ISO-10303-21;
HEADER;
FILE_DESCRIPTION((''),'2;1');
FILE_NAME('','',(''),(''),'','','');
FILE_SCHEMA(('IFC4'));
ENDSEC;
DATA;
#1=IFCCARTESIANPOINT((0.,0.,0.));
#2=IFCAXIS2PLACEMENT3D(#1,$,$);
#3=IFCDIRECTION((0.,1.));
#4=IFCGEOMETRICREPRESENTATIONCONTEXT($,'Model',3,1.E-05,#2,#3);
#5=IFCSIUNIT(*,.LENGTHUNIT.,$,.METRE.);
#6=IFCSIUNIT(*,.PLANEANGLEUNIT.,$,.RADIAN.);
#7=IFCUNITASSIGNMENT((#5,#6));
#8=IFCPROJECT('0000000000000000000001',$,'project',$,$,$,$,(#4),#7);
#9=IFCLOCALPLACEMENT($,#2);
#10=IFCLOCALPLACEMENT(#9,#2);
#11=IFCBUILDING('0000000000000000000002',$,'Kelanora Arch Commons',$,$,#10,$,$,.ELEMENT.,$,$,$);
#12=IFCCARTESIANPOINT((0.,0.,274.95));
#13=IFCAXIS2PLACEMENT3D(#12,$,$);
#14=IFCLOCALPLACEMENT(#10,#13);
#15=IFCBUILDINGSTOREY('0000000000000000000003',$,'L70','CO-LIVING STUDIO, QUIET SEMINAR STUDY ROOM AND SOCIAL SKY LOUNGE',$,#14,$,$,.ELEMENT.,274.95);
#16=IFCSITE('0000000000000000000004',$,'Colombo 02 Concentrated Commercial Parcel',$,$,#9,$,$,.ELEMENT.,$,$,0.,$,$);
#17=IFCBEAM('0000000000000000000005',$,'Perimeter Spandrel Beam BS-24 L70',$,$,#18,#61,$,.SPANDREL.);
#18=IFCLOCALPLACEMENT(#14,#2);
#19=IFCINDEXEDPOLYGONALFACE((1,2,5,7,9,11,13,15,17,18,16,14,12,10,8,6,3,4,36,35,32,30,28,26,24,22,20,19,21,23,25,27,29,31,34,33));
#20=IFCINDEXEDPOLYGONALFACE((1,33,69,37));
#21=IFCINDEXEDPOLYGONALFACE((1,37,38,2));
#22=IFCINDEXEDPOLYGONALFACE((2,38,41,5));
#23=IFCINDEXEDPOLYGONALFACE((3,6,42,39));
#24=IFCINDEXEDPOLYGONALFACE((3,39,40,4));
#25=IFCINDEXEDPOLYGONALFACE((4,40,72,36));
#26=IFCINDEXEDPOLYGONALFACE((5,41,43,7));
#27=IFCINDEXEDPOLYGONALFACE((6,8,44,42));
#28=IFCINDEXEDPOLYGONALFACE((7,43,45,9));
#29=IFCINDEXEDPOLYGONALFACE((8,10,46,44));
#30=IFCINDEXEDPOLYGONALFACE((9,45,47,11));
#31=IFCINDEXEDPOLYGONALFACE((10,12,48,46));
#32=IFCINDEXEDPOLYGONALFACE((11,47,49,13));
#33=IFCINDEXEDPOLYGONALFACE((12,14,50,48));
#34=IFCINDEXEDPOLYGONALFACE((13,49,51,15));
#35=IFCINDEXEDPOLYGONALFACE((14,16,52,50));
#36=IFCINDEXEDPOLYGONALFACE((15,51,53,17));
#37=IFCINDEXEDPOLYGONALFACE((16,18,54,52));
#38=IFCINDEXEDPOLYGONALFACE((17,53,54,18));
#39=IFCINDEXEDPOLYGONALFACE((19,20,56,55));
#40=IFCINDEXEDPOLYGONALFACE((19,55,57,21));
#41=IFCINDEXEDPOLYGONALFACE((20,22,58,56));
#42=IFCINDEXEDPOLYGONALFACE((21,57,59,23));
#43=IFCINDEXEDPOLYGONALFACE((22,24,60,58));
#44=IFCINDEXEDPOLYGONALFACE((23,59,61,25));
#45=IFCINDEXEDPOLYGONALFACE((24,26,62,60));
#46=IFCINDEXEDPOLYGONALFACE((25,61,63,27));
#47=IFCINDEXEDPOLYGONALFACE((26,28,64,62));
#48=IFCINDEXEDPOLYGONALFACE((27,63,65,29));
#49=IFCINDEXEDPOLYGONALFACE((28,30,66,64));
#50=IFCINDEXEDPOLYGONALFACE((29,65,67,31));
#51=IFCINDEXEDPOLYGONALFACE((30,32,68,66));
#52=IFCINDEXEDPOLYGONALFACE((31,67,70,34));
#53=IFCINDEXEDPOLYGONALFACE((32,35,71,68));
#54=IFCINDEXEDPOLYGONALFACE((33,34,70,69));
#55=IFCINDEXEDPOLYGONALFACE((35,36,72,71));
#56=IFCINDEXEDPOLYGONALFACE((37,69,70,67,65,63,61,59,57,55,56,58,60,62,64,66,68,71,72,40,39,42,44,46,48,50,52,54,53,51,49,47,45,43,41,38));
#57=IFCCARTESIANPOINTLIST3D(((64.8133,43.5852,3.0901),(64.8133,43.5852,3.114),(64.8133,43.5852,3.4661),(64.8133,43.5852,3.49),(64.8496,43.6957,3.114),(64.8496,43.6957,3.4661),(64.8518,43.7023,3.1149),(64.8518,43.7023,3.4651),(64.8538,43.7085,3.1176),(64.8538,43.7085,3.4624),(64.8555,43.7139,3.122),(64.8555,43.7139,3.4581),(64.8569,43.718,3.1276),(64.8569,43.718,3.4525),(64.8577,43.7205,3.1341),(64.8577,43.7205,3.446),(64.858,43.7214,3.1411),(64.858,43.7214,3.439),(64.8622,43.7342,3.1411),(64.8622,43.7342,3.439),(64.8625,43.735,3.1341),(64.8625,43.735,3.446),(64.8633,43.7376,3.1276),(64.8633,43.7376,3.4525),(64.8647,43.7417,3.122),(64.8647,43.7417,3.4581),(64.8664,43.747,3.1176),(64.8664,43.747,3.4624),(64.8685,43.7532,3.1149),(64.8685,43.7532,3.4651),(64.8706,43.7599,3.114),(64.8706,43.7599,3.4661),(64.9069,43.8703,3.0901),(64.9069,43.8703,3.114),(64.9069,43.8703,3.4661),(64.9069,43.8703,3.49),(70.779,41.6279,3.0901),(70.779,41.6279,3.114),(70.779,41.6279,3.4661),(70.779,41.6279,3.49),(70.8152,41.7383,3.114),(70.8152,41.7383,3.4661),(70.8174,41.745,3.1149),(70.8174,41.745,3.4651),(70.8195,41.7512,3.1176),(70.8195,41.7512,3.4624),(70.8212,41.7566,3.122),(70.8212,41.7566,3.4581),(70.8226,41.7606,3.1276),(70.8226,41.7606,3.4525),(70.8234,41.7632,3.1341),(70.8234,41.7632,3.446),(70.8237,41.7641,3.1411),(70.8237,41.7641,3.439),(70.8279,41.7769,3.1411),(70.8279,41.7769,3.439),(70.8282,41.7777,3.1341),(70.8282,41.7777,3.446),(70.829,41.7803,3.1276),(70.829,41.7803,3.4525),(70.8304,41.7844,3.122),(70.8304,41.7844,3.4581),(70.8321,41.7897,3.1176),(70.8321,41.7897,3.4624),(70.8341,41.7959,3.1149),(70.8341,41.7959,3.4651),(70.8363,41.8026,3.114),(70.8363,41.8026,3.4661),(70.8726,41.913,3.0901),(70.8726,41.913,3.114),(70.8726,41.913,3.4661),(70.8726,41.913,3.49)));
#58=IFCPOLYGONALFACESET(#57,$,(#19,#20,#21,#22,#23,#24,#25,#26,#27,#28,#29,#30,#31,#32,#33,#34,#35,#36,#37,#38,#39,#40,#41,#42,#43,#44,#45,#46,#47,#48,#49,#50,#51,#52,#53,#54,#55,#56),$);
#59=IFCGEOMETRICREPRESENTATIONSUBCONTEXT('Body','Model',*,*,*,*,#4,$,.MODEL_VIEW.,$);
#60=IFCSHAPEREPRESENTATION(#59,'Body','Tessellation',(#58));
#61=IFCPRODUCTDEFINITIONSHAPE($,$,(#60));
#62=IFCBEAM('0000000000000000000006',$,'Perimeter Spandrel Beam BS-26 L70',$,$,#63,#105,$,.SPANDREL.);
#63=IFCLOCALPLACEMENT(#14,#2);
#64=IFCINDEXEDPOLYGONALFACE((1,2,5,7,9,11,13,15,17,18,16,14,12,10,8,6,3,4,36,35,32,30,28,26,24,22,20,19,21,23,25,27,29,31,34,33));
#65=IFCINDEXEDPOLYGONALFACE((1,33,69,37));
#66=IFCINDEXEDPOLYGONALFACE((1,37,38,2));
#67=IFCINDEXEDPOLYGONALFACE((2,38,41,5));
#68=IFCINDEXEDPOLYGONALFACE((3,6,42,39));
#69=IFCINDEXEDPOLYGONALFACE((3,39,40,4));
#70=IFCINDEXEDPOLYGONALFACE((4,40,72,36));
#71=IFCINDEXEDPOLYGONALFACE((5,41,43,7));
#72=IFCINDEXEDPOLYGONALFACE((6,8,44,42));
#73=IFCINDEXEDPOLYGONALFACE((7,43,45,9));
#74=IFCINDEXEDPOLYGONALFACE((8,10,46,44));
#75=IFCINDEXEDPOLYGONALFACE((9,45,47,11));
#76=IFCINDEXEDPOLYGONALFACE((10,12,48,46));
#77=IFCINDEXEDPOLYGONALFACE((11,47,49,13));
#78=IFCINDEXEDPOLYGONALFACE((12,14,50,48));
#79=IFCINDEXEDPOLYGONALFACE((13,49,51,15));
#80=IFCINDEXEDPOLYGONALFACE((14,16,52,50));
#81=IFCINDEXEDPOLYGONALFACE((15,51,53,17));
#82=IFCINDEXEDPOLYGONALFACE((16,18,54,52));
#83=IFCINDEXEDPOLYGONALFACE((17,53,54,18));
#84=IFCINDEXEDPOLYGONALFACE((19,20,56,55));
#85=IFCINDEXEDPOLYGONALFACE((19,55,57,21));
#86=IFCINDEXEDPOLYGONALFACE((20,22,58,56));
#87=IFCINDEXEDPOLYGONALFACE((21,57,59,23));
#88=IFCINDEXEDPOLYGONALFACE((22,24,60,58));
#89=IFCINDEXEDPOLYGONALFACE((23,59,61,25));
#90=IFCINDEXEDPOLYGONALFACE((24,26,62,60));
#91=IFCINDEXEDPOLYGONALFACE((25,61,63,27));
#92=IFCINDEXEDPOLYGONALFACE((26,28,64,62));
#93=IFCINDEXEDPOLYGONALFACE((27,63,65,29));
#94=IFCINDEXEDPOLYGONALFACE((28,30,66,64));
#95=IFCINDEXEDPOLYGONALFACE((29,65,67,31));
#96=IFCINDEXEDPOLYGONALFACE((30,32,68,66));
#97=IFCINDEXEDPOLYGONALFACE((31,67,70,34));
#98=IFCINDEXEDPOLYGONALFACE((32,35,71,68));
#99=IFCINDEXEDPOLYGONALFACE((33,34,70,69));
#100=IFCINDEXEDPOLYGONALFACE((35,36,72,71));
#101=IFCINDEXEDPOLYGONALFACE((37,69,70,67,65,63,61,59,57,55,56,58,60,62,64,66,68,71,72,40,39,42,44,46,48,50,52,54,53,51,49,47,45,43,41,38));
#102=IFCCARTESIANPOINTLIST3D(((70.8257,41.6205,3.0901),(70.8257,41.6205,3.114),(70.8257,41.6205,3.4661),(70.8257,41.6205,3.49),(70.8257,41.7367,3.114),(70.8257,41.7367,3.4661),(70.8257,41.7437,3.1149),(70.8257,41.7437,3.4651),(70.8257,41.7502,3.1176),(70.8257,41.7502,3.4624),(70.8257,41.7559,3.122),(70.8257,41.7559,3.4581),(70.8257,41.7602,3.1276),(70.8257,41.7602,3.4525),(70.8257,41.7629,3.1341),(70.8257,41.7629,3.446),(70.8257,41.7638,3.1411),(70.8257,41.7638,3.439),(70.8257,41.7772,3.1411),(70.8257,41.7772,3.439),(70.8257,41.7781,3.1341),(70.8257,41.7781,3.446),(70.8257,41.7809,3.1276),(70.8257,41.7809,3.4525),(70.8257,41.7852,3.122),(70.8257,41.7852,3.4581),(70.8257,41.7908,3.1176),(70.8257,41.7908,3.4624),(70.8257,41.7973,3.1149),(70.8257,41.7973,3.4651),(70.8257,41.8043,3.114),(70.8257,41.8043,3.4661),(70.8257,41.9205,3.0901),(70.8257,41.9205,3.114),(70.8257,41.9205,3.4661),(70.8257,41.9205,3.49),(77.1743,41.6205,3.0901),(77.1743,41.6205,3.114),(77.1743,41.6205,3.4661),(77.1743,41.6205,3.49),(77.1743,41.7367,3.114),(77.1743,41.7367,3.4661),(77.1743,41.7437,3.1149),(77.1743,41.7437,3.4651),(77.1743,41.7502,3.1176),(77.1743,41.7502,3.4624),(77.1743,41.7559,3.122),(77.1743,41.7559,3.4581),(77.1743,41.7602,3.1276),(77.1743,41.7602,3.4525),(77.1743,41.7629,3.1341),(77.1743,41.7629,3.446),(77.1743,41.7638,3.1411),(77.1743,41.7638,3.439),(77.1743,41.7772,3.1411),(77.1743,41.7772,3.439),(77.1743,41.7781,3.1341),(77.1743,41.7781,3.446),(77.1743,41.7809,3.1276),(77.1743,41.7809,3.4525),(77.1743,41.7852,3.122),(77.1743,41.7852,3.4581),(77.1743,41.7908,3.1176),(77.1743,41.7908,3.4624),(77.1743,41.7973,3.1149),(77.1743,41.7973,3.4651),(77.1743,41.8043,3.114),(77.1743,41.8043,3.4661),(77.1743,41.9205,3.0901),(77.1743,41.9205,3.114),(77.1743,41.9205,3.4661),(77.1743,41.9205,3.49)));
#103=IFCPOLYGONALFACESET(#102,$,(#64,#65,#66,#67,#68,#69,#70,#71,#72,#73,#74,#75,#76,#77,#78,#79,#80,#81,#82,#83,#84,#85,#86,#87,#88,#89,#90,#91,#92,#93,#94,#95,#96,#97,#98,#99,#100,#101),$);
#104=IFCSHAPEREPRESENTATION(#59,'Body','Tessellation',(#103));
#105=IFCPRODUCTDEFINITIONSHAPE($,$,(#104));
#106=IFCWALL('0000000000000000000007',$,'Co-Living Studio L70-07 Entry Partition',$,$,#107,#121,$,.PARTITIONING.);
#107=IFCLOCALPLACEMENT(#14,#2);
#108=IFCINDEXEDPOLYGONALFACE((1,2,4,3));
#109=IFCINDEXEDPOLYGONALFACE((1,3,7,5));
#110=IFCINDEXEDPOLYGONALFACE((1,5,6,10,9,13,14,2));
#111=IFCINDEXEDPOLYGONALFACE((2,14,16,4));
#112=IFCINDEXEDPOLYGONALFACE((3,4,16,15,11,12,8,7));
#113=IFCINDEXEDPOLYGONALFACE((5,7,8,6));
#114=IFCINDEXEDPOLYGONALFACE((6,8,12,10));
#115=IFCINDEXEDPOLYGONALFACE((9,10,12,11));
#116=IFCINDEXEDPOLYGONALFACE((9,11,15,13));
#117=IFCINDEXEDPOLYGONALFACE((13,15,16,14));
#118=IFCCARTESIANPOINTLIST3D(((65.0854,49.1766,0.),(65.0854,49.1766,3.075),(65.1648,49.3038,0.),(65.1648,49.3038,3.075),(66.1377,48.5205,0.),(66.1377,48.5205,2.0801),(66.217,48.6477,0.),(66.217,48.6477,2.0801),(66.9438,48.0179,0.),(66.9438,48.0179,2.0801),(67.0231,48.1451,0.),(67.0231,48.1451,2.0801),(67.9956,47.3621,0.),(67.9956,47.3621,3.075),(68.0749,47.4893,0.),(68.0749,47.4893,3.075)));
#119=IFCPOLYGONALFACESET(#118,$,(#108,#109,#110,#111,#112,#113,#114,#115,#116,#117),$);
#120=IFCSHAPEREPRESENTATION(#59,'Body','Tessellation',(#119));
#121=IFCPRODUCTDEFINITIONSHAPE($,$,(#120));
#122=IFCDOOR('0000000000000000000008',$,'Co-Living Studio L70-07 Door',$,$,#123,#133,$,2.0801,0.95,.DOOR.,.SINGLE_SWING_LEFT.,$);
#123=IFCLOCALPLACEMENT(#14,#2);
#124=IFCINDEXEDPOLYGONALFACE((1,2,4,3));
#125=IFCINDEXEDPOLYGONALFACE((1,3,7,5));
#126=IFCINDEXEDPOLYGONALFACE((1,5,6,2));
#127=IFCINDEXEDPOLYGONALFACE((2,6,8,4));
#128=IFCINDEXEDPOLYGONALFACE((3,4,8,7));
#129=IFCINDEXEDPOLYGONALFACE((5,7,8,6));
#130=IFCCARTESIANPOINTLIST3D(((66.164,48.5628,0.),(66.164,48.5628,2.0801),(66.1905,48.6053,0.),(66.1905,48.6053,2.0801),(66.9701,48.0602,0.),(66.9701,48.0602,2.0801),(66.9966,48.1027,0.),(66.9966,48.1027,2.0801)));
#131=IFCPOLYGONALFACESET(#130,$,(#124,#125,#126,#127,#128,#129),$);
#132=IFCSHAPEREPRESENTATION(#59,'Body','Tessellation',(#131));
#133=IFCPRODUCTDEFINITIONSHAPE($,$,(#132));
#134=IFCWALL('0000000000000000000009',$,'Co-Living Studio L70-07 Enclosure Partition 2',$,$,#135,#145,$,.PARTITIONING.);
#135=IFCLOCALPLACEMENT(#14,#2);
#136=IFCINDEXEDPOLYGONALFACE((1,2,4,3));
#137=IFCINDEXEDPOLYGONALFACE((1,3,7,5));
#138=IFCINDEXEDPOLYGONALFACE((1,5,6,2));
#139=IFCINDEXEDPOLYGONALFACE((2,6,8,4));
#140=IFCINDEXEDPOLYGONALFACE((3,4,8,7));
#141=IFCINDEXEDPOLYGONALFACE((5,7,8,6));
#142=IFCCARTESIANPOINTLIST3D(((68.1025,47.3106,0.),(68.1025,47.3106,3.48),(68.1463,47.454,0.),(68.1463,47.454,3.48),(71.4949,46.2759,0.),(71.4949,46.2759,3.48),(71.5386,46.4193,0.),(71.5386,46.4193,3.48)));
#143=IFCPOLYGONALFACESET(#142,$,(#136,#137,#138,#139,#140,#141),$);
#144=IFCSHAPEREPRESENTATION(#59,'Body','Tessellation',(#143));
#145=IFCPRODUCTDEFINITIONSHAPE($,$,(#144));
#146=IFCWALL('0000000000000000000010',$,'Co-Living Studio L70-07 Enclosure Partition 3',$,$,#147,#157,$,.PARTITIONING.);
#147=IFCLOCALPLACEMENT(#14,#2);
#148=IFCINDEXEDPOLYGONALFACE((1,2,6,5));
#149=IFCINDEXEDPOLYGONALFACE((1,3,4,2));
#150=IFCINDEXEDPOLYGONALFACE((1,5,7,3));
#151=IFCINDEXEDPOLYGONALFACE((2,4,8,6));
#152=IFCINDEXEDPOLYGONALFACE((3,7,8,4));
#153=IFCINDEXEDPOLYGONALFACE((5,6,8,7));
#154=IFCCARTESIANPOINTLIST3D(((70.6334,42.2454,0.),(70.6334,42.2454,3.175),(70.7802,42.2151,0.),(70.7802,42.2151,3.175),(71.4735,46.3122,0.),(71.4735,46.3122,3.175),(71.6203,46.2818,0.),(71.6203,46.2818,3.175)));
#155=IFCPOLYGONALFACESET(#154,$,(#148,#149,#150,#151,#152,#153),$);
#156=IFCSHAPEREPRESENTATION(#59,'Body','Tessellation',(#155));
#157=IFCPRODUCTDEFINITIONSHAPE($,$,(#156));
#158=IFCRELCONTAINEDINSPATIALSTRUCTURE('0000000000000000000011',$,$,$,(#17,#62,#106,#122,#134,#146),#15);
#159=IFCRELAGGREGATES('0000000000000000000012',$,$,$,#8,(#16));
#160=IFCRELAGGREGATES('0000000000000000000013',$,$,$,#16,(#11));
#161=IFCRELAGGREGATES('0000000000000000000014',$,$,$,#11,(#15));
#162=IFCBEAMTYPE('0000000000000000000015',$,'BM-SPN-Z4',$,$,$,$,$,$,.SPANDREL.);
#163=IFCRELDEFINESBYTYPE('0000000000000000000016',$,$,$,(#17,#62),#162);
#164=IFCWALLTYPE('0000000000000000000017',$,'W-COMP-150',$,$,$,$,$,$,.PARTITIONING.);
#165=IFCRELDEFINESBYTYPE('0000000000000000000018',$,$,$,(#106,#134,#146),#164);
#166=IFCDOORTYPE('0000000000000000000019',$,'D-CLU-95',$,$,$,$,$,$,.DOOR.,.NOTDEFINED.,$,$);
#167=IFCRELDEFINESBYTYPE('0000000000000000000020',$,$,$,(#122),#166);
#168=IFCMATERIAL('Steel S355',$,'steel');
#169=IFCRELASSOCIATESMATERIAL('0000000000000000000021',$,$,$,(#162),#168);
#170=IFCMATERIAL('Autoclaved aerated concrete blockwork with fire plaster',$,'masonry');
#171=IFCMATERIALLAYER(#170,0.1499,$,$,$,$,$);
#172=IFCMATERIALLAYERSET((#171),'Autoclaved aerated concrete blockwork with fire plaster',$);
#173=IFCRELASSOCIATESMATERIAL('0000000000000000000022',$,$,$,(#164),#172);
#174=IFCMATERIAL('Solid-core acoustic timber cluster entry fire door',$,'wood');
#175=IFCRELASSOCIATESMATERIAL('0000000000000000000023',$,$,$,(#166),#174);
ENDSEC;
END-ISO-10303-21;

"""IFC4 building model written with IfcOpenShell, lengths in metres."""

from ifc_helpers import new_model, si_unit, direction, frame, frame_2d, origin, origin_2d, place, context, subcontext, project, spatial, rectangle, i_section, extrude, material, layer, layer_set, material_profile, profile_set, type_object, element, fill, save


model = new_model("IFC4")

# Units and contexts
model_context = context("Model", 3, precision=1e-05, world=origin(), true_north=direction((0.0, 1.0)))
body_context = subcontext(model_context, "Body", "Model", "MODEL_VIEW")
ifc_project = project(units=[si_unit("LENGTHUNIT", "METRE"), si_unit("PLANEANGLEUNIT", "RADIAN")], contexts=[model_context])

# Site, building, storey
site_placement = place(None, origin())
site = spatial("IfcSite", under=ifc_project, at=site_placement, Name="Colombo 02 Concentrated Commercial Parcel", CompositionType="ELEMENT", RefElevation=0.0)
building_placement = place(site_placement, origin())
building = spatial("IfcBuilding", under=site, at=building_placement, Name="Kelanora Arch Commons", CompositionType="ELEMENT")
storey_placement = place(building_placement, frame((0.0, 0.0, 274.95)))
storey = spatial("IfcBuildingStorey", under=building, at=storey_placement, Name="L70", Description="CO-LIVING STUDIO, QUIET SEMINAR STUDY ROOM AND SOCIAL SKY LOUNGE", CompositionType="ELEMENT", Elevation=274.95)

# Beams
ifc_material_1 = material(Name="Steel S355", Category="steel")
ifc_material_profile_1 = material_profile(ifc_material_1, i_section(OverallWidth=0.3, OverallDepth=0.3999, WebThickness=0.0134, FlangeThickness=0.0239, FilletRadius=0.0271, at=origin_2d()), Name="HEB400")
ifc_profile_set_1 = profile_set([ifc_material_profile_1], Name="Steel S355")
beam_type_1 = type_object("IfcBeamType", Name="BM-SPN-Z4", PredefinedType="SPANDREL", material=ifc_profile_set_1)
beam_1_placement = place(storey_placement, frame((64.8601, 43.7278, 3.29), z_axis=(0.950166, -0.311745, 0.0), x_axis=(0.311745, 0.950166, 0.0)))
element("IfcBeam", 1, at=beam_1_placement, inside=storey, type_object=beam_type_1, Name="Perimeter Spandrel Beam BS-24 L70", PredefinedType="SPANDREL", context=body_context, shape_type="SweptSolid", body=[
    extrude(i_section(OverallWidth=0.3, OverallDepth=0.3999, WebThickness=0.0134, FlangeThickness=0.0239, FilletRadius=0.0271, at=origin_2d()), origin(), (0.0, 0.0, 1.0), 6.2786),
])
beam_2_placement = place(storey_placement, frame((70.8257, 41.7705, 3.29), z_axis=(1.0, 0.0, 0.0), x_axis=(0.0, 1.0, 0.0)))
element("IfcBeam", 2, at=beam_2_placement, inside=storey, type_object=beam_type_1, Name="Perimeter Spandrel Beam BS-26 L70", PredefinedType="SPANDREL", context=body_context, shape_type="SweptSolid", body=[
    extrude(i_section(OverallWidth=0.3, OverallDepth=0.3999, WebThickness=0.0134, FlangeThickness=0.0239, FilletRadius=0.0271, at=origin_2d()), origin(), (0.0, 0.0, 1.0), 6.3486),
])

# Wall, opening, door
ifc_material_2 = material(Name="Autoclaved aerated concrete blockwork with fire plaster", Category="masonry")
ifc_layer_1 = layer(ifc_material_2, 0.1499)
ifc_layer_set_1 = layer_set([ifc_layer_1], Name="Autoclaved aerated concrete blockwork with fire plaster")
wall_type_1 = type_object("IfcWallType", Name="W-COMP-150", PredefinedType="PARTITIONING", material=ifc_layer_set_1)
wall_1_placement = place(storey_placement, frame((65.125, 49.2402, 0.0), z_axis=(0.0, 0.0, 1.0), x_axis=(0.848574, -0.529077, 0.0)))
wall_1 = element("IfcWall", 3, at=wall_1_placement, inside=storey, type_object=wall_type_1, Name="Co-Living Studio L70-07 Entry Partition", PredefinedType="PARTITIONING", context=body_context, shape_type="SweptSolid", body=[
    extrude(rectangle(XDim=3.4294, YDim=0.1499, at=frame_2d((1.7148, 0.0))), origin(), (0.0, 0.0, 1.0), 3.075),
])
opening_1_placement = place(wall_1_placement, frame((1.24, 0.0, 0.0)))
opening_1 = element("IfcOpeningElement", 4, at=opening_1_placement, cuts=wall_1, PredefinedType="OPENING", context=body_context, shape_type="SweptSolid", body=[
    extrude(rectangle(XDim=0.95, YDim=2.0801, at=frame_2d((0.4751, 1.04))), frame((0.0, 0.085, 0.0), z_axis=(0.0, -1.0, 0.0), x_axis=(1.0, 0.0, 0.0)), (0.0, 0.0, 1.0), 0.1699),
])
ifc_material_3 = material(Name="Solid-core acoustic timber cluster entry fire door", Category="wood")
door_type_1 = type_object("IfcDoorType", Name="D-CLU-95", OperationType="NOTDEFINED", PredefinedType="DOOR", material=ifc_material_3)
door_1_placement = place(opening_1_placement, origin())
door_1 = element("IfcDoor", 5, at=door_1_placement, inside=storey, type_object=door_type_1, Name="Co-Living Studio L70-07 Door", OperationType="SINGLE_SWING_LEFT", OverallHeight=2.0801, OverallWidth=0.95, PredefinedType="DOOR", context=body_context, shape_type="SweptSolid", body=[
    extrude(rectangle(XDim=0.95, YDim=2.0801, at=frame_2d((0.4751, 1.04))), frame((0.0, 0.0249, 0.0), z_axis=(0.0, -1.0, 0.0), x_axis=(1.0, 0.0, 0.0)), (0.0, 0.0, 1.0), 0.05),
])
fill(opening_1, door_1)

# Walls
wall_2_placement = place(storey_placement, frame((68.1243, 47.3823, 0.0), z_axis=(0.0, 0.0, 1.0), x_axis=(0.956499, -0.291734, 0.0)))
element("IfcWall", 6, at=wall_2_placement, inside=storey, type_object=wall_type_1, Name="Co-Living Studio L70-07 Enclosure Partition 2", PredefinedType="PARTITIONING", context=body_context, shape_type="SweptSolid", body=[
    extrude(rectangle(XDim=3.5466, YDim=0.1499, at=frame_2d((1.7734, 0.0))), origin(), (0.0, 0.0, 1.0), 3.48),
])
wall_3_placement = place(storey_placement, frame((71.5469, 46.2969, 0.0), z_axis=(0.0, 0.0, 1.0), x_axis=(-0.202308, -0.979322, 0.0)))
element("IfcWall", 7, at=wall_3_placement, inside=storey, type_object=wall_type_1, Name="Co-Living Studio L70-07 Enclosure Partition 3", PredefinedType="PARTITIONING", context=body_context, shape_type="SweptSolid", body=[
    extrude(rectangle(XDim=4.1526, YDim=0.1499, at=frame_2d((2.0762, 0.0))), origin(), (0.0, 0.0, 1.0), 3.175),
])

save(model, "model.ifc")
